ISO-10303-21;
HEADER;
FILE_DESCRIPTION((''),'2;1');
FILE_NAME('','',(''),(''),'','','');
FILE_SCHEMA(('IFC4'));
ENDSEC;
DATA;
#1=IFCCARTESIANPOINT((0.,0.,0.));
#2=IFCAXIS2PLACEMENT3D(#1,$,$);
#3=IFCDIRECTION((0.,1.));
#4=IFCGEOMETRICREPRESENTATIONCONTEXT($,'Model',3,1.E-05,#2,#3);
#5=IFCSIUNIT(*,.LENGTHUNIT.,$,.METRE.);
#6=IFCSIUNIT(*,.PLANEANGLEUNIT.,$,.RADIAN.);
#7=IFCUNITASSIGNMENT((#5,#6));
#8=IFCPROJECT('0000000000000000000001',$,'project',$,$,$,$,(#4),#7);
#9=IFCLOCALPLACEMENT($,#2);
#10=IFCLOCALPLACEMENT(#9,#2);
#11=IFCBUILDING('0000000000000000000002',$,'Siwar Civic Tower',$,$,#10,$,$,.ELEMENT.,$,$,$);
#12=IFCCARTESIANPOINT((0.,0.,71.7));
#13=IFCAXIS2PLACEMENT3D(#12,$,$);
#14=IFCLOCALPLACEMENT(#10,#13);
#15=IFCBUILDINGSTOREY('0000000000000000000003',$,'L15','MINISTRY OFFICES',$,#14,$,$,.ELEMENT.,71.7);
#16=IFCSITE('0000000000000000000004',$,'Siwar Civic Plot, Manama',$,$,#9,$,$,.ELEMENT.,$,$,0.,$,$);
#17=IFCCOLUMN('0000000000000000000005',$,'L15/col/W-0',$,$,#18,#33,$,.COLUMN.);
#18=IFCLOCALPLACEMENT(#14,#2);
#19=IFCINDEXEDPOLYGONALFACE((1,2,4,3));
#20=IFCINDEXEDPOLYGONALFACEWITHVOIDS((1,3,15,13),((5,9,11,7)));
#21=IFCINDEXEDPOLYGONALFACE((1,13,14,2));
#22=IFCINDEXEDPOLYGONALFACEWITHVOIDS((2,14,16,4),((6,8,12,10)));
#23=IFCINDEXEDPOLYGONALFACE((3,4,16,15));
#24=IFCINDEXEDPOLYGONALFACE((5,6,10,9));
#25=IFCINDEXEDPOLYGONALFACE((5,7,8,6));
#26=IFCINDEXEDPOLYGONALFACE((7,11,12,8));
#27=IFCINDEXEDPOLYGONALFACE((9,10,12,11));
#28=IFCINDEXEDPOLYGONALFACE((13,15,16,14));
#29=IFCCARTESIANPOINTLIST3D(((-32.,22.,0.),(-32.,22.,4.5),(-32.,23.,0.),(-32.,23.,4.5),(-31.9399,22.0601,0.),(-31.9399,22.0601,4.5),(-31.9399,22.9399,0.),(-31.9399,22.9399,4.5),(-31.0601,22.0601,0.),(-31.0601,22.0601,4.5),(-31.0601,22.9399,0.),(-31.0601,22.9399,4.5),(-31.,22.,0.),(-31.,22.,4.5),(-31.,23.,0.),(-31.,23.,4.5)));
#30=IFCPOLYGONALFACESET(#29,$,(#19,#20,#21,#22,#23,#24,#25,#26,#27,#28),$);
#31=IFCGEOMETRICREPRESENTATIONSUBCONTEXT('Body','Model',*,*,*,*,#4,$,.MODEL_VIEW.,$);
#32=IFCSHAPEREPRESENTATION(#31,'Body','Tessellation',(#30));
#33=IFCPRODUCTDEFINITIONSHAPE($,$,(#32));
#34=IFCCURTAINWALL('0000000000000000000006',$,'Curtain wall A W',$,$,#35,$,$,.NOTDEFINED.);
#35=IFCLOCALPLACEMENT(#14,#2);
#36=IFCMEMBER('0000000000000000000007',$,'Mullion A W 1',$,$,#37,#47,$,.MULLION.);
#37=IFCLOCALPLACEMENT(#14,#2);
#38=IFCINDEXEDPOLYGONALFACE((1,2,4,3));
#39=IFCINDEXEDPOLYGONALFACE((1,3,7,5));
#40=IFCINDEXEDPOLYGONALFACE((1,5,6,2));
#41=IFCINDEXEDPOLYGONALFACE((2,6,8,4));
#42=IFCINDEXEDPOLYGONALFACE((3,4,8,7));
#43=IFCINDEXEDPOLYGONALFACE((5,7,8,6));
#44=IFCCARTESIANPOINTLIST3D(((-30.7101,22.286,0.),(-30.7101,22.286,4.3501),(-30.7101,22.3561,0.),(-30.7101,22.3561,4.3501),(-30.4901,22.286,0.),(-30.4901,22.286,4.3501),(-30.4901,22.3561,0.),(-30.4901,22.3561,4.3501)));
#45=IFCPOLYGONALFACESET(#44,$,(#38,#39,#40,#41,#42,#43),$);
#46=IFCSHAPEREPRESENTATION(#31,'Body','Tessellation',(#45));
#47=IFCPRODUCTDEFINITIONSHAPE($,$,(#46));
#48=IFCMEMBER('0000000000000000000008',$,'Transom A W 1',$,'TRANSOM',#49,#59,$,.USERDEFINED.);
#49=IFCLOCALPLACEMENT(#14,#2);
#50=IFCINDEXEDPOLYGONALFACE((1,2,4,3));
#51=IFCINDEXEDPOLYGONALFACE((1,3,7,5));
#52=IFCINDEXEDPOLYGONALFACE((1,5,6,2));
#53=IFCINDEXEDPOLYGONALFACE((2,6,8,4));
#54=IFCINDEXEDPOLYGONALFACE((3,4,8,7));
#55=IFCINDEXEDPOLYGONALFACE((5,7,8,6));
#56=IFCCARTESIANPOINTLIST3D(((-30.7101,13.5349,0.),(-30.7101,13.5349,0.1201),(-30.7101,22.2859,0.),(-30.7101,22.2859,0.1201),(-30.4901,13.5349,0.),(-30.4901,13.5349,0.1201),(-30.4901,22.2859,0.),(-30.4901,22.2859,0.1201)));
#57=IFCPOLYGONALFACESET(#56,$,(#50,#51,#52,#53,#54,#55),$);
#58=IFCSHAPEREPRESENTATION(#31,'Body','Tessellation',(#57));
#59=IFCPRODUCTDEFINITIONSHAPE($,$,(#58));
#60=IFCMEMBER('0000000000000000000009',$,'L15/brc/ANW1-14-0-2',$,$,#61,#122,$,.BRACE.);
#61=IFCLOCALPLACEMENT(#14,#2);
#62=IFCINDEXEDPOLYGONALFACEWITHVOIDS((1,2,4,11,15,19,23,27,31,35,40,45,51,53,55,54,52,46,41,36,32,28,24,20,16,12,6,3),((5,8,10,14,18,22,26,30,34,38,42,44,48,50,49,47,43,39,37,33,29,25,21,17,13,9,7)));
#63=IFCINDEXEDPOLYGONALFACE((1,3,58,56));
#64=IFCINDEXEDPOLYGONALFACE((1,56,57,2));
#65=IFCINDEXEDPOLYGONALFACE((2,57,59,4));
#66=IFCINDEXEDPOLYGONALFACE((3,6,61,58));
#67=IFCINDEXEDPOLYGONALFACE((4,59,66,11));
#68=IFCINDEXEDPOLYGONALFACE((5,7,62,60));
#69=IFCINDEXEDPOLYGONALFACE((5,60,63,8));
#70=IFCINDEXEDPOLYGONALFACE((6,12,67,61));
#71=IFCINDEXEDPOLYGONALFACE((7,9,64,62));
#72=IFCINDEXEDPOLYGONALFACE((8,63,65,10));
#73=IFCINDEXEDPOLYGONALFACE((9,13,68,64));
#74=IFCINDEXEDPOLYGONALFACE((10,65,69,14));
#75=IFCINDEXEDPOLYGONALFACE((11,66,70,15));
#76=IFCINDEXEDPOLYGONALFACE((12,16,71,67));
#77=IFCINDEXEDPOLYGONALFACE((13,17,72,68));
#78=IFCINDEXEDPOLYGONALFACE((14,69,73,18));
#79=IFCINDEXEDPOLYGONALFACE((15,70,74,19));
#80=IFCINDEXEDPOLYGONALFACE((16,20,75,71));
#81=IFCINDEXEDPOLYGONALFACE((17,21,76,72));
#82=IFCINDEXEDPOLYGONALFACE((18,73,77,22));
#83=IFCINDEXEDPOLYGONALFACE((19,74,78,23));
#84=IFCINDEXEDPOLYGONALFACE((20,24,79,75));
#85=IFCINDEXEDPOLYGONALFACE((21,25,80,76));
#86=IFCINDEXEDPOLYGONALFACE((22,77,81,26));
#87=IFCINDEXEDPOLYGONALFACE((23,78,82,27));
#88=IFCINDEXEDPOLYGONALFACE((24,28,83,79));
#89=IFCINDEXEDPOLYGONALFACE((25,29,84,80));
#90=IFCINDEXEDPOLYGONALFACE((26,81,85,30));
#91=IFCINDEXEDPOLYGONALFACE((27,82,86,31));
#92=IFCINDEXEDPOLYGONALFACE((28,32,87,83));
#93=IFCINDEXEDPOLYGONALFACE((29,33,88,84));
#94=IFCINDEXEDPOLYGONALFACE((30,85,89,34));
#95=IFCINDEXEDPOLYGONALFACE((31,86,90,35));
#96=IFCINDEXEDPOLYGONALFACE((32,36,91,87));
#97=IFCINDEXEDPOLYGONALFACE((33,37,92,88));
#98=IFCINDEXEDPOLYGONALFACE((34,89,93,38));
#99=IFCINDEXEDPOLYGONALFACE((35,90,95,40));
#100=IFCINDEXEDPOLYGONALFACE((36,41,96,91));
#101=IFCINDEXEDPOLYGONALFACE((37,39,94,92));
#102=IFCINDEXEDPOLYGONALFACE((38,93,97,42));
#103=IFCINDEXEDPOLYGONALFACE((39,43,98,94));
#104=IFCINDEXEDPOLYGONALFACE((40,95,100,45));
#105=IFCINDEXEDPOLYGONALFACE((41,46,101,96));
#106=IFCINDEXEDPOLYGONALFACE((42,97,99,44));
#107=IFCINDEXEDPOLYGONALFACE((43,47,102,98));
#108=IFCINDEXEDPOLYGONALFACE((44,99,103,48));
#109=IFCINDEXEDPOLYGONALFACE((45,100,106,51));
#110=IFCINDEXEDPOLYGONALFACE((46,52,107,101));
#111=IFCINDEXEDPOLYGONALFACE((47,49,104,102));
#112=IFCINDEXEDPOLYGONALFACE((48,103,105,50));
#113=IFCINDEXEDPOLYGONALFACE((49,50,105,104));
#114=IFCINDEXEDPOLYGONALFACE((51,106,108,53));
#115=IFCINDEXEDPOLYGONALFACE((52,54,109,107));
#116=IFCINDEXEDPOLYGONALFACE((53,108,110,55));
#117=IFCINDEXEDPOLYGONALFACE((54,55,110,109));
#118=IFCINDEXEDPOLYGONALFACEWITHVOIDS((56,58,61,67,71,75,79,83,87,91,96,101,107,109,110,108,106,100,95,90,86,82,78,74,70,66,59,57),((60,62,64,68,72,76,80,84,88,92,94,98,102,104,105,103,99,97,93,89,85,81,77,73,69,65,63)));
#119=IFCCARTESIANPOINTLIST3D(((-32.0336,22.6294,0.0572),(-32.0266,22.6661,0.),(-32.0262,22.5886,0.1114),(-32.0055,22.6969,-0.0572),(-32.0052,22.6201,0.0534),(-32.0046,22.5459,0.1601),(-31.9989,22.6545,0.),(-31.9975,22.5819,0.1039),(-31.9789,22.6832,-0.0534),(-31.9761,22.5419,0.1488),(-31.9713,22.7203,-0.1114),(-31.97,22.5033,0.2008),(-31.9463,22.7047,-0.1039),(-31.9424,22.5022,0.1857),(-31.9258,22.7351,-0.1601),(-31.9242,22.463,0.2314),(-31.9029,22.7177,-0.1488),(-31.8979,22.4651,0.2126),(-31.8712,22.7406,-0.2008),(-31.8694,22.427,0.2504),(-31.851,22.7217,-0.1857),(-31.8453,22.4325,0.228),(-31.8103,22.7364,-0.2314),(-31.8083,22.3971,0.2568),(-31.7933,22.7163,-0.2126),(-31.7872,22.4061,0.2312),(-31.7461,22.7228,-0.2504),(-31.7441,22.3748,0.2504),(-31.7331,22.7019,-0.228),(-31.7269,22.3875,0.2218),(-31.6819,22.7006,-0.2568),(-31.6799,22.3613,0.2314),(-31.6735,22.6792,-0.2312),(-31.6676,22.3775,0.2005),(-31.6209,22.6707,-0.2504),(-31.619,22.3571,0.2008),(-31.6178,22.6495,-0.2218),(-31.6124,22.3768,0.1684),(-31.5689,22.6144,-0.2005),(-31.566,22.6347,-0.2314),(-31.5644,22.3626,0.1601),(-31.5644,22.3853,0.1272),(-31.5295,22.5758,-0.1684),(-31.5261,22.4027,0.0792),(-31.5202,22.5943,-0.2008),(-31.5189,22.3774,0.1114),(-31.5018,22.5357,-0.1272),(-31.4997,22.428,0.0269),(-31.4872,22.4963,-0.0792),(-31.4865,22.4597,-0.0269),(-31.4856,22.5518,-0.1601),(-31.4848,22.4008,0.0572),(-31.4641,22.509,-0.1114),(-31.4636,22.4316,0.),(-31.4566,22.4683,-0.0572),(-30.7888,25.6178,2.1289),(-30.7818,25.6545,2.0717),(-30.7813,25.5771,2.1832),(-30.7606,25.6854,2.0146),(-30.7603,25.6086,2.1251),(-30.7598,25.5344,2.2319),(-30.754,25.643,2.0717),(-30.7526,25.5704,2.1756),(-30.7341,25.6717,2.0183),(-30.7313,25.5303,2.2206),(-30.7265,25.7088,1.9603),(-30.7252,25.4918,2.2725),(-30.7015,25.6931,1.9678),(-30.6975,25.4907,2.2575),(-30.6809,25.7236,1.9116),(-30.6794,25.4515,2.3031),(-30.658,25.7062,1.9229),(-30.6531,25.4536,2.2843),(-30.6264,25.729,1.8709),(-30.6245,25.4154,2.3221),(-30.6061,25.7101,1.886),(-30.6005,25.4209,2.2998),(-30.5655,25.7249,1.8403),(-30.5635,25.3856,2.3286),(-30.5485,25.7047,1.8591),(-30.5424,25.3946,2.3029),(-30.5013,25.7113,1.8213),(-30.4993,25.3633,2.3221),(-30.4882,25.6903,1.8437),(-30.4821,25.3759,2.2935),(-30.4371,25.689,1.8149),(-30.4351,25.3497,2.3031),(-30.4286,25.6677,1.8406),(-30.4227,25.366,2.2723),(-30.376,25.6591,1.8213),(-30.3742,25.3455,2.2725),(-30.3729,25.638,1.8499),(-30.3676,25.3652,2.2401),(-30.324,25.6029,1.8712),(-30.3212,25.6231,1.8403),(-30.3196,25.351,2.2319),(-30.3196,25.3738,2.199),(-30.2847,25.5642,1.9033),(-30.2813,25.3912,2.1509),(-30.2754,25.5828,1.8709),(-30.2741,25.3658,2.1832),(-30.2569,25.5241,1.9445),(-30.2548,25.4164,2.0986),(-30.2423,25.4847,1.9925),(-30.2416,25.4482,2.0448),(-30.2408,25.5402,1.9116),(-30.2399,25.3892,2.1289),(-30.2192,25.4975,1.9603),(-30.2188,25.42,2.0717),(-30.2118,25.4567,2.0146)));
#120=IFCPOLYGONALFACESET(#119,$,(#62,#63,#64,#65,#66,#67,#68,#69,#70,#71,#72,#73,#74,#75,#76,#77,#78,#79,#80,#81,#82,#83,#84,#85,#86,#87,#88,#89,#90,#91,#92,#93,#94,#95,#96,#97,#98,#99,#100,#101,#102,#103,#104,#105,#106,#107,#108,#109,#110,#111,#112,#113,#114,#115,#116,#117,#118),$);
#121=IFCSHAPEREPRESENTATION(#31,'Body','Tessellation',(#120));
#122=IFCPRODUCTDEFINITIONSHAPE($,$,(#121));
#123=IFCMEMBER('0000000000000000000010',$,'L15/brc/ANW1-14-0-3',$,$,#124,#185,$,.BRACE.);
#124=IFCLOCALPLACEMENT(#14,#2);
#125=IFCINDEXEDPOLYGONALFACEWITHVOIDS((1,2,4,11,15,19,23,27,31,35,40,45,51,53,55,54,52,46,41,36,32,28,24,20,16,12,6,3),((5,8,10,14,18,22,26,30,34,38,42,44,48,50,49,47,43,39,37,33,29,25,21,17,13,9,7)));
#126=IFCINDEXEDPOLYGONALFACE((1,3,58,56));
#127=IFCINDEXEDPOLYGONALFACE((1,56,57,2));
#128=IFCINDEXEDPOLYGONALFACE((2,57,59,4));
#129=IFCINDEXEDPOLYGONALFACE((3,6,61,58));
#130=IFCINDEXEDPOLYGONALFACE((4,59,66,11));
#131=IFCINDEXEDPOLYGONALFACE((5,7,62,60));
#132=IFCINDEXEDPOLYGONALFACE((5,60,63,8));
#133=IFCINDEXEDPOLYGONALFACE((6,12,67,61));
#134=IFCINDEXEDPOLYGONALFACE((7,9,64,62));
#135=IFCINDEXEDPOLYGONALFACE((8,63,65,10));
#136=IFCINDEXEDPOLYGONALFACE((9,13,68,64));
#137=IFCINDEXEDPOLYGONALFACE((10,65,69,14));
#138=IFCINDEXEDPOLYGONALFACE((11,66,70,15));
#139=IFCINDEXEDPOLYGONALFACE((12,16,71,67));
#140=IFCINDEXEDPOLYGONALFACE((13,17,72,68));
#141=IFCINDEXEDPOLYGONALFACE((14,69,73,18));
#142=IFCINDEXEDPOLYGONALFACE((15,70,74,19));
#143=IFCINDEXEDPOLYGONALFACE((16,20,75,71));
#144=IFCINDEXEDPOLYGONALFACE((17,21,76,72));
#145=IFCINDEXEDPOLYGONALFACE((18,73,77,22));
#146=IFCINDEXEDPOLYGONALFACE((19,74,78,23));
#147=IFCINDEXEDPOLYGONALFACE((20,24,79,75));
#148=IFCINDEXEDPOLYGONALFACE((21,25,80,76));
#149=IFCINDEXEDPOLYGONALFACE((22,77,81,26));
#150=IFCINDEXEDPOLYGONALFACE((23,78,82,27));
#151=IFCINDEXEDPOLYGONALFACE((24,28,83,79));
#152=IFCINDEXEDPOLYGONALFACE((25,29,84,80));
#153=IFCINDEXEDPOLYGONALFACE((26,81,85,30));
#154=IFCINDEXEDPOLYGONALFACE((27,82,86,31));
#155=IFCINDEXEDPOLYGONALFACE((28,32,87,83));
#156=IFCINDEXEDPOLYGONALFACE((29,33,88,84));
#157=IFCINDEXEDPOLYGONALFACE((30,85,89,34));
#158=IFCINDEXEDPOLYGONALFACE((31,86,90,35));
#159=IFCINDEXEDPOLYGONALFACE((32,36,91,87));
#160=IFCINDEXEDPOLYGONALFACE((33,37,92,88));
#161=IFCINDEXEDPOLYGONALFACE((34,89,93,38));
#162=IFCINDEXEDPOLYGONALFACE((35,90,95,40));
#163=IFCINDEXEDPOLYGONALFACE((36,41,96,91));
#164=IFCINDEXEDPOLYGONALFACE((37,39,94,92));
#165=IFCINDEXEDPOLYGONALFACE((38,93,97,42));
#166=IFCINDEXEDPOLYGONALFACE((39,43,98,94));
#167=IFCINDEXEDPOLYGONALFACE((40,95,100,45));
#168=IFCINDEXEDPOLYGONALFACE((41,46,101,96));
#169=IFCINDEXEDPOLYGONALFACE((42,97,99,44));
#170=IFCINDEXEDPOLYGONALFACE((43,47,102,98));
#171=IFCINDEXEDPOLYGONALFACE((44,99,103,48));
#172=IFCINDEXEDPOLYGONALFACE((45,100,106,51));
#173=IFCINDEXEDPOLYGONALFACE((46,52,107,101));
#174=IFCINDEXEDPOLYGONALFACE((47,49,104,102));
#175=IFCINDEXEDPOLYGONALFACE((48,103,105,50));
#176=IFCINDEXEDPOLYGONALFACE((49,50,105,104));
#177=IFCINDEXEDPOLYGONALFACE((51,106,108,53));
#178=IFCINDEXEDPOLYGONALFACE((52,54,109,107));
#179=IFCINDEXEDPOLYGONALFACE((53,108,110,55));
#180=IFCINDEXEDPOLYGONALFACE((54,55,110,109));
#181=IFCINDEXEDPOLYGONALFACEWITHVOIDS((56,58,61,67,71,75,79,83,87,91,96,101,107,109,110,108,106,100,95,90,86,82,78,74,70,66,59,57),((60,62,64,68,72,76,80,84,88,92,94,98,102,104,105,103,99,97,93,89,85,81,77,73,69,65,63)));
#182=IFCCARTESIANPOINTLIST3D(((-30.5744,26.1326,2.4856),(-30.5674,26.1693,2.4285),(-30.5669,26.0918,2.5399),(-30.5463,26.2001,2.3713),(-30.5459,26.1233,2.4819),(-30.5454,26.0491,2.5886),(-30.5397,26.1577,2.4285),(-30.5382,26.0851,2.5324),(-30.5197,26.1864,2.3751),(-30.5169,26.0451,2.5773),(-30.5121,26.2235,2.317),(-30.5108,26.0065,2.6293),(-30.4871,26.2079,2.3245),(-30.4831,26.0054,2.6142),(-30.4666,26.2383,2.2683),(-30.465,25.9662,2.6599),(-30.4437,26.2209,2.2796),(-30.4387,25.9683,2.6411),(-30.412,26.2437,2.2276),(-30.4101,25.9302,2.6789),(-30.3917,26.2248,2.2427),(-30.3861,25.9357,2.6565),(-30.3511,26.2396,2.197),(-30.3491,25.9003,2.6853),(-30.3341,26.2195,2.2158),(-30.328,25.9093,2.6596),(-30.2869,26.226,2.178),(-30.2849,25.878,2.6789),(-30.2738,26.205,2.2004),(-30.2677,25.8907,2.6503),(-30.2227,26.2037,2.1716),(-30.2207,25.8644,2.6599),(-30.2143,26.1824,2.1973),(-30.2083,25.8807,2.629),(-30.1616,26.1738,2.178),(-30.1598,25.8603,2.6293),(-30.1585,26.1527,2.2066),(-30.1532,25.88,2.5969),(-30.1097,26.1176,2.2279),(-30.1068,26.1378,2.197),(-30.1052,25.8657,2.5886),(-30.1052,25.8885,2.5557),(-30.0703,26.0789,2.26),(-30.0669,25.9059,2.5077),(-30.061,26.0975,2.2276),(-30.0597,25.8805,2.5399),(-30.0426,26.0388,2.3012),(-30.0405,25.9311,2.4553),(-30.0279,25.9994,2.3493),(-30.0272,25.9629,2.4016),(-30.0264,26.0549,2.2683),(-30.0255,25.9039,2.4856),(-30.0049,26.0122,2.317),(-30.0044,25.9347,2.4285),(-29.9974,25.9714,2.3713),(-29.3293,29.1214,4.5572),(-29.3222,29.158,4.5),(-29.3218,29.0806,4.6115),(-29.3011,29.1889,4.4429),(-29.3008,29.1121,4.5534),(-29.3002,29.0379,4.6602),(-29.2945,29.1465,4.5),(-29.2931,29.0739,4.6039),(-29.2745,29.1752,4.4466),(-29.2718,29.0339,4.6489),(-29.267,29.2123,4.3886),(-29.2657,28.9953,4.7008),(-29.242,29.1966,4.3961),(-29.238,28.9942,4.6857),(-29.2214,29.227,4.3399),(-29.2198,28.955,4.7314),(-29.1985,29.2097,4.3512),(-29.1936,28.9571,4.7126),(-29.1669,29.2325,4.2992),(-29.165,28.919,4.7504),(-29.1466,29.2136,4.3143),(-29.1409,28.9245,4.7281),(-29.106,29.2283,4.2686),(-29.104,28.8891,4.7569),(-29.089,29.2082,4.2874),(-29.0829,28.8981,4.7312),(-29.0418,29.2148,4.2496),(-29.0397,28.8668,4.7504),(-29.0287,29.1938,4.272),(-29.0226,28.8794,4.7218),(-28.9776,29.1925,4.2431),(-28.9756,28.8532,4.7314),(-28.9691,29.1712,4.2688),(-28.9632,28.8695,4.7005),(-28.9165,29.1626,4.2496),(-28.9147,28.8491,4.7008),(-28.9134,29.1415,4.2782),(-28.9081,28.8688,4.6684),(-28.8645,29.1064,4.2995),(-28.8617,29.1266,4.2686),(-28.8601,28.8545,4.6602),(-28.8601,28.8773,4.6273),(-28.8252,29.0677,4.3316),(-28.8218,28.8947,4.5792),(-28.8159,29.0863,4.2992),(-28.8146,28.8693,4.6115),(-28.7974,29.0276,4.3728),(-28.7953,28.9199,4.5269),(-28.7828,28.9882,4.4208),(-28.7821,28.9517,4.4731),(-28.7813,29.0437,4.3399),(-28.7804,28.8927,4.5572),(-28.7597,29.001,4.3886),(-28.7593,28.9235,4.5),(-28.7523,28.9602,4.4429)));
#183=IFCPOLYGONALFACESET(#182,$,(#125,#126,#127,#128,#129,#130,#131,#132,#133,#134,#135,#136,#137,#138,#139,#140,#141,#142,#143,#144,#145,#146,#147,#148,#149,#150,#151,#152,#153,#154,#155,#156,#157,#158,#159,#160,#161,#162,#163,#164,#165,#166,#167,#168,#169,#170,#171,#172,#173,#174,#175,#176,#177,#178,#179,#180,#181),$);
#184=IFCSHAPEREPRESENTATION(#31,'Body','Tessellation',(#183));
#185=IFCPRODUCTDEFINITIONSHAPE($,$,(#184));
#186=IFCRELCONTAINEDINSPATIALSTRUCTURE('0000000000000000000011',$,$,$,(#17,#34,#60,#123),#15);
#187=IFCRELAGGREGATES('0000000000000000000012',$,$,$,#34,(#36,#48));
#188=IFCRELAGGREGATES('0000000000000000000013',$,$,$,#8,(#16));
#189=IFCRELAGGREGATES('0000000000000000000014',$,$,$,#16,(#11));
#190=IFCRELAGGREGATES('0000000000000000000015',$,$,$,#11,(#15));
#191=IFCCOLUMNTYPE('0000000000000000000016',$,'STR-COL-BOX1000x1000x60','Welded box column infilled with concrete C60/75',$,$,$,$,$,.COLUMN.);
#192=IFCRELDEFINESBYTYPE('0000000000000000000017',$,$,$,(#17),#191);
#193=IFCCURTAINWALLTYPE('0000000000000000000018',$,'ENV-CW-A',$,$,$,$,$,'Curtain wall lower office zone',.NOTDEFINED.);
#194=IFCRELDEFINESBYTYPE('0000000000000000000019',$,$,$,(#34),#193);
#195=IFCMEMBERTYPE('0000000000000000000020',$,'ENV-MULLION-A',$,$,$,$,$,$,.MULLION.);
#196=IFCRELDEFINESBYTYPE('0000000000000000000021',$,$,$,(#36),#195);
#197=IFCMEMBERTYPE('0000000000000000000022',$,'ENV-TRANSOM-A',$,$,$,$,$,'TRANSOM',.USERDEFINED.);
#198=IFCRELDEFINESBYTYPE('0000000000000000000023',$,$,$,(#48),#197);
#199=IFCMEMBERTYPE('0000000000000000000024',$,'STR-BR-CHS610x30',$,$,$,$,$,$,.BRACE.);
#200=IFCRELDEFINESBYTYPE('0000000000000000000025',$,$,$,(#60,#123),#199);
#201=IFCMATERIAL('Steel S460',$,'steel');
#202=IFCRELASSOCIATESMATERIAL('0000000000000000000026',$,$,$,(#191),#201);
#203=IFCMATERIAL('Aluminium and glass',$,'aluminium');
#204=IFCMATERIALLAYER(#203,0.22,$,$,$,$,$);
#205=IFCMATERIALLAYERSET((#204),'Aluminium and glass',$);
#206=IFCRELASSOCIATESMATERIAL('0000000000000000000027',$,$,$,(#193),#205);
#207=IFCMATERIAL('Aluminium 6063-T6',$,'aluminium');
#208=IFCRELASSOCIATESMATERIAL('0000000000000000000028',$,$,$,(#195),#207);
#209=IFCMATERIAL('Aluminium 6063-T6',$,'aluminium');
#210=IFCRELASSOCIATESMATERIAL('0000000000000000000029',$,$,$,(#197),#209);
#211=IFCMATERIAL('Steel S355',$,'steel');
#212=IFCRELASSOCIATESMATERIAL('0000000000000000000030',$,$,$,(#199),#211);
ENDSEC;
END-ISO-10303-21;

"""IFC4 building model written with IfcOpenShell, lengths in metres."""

from ifc_helpers import new_model, si_unit, direction, frame, origin, origin_2d, place, context, subcontext, project, spatial, rectangle, hollow_rectangle, hollow_circle, extrude, material, layer, layer_set, material_profile, profile_set, type_object, element, aggregate, save


model = new_model("IFC4")

# Units and contexts
model_context = context("Model", 3, precision=1e-05, world=origin(), true_north=direction((0.0, 1.0)))
body_context = subcontext(model_context, "Body", "Model", "MODEL_VIEW")
ifc_project = project(units=[si_unit("LENGTHUNIT", "METRE"), si_unit("PLANEANGLEUNIT", "RADIAN")], contexts=[model_context])

# Site, building, storey
site_placement = place(None, origin())
site = spatial("IfcSite", under=ifc_project, at=site_placement, Name="Siwar Civic Plot, Manama", CompositionType="ELEMENT", RefElevation=0.0)
building_placement = place(site_placement, origin())
building = spatial("IfcBuilding", under=site, at=building_placement, Name="Siwar Civic Tower", CompositionType="ELEMENT")
storey_placement = place(building_placement, frame((0.0, 0.0, 71.7)))
storey = spatial("IfcBuildingStorey", under=building, at=storey_placement, Name="L15", Description="MINISTRY OFFICES", CompositionType="ELEMENT", Elevation=71.7)

# Column
ifc_material_1 = material(Name="Steel S460", Category="steel")
ifc_material_profile_1 = material_profile(ifc_material_1, hollow_rectangle(XDim=1.0, YDim=1.0, WallThickness=0.0601, at=origin_2d()), Name="BOX1000x1000x60")
ifc_profile_set_1 = profile_set([ifc_material_profile_1], Name="Steel S460")
column_type = type_object("IfcColumnType", Name="STR-COL-BOX1000x1000x60", Description="Welded box column infilled with concrete C60/75", PredefinedType="COLUMN", material=ifc_profile_set_1)
column_placement = place(storey_placement, frame((-31.5, 22.5, 0.0), z_axis=(0.0, 0.0, 1.0), x_axis=(1.0, 0.0, 0.0)))
element("IfcColumn", 1, at=column_placement, inside=storey, type_object=column_type, Name="L15/col/W-0", PredefinedType="COLUMN", context=body_context, shape_type="SweptSolid", body=[
    extrude(hollow_rectangle(XDim=1.0, YDim=1.0, WallThickness=0.0601, at=origin_2d()), origin(), (0.0, 0.0, 1.0), 4.5),
])

# Curtain wall, members
ifc_material_2 = material(Name="Aluminium and glass", Category="aluminium")
ifc_layer_1 = layer(ifc_material_2, 0.22)
ifc_layer_set_1 = layer_set([ifc_layer_1], Name="Aluminium and glass")
curtain_wall_type_1 = type_object("IfcCurtainWallType", Name="ENV-CW-A", ElementType="Curtain wall lower office zone", PredefinedType="NOTDEFINED", material=ifc_layer_set_1)
curtain_wall_1_placement = place(storey_placement, origin())
curtain_wall_1 = element("IfcCurtainWall", 2, at=curtain_wall_1_placement, inside=storey, type_object=curtain_wall_type_1, Name="Curtain wall A W", PredefinedType="NOTDEFINED")
ifc_material_3 = material(Name="Aluminium 6063-T6", Category="aluminium")
ifc_material_profile_2 = material_profile(ifc_material_3, rectangle(XDim=0.22, YDim=0.0701, at=origin_2d()), Name="AL 220x70")
ifc_profile_set_2 = profile_set([ifc_material_profile_2], Name="Aluminium 6063-T6")
member_type_1 = type_object("IfcMemberType", Name="ENV-MULLION-A", PredefinedType="MULLION", material=ifc_profile_set_2)
member_1_placement = place(storey_placement, frame((-30.6001, 22.321, 0.0), z_axis=(0.0, 0.0, 1.0), x_axis=(1.0, 0.0, 0.0)))
member_1 = element("IfcMember", 3, at=member_1_placement, type_object=member_type_1, Name="Mullion A W 1", PredefinedType="MULLION", context=body_context, shape_type="SweptSolid", body=[
    extrude(rectangle(XDim=0.22, YDim=0.0701, at=origin_2d()), origin(), (0.0, 0.0, 1.0), 4.3501),
])
ifc_material_4 = material(Name="Aluminium 6063-T6", Category="aluminium")
ifc_material_profile_3 = material_profile(ifc_material_4, rectangle(XDim=0.22, YDim=0.1201, at=origin_2d()), Name="AL 220x120")
ifc_profile_set_3 = profile_set([ifc_material_profile_3], Name="Aluminium 6063-T6")
member_type_2 = type_object("IfcMemberType", Name="ENV-TRANSOM-A", ElementType="TRANSOM", PredefinedType="USERDEFINED", material=ifc_profile_set_3)
member_2_placement = place(storey_placement, frame((-30.6001, 22.2859, 0.0601), z_axis=(0.0, -1.0, 0.0), x_axis=(1.0, 0.0, 0.0)))
member_2 = element("IfcMember", 4, at=member_2_placement, type_object=member_type_2, Name="Transom A W 1", ObjectType="TRANSOM", PredefinedType="USERDEFINED", context=body_context, shape_type="SweptSolid", body=[
    extrude(rectangle(XDim=0.22, YDim=0.1201, at=origin_2d()), origin(), (0.0, 0.0, 1.0), 8.751),
])

# Members
ifc_material_5 = material(Name="Steel S355", Category="steel")
ifc_material_profile_4 = material_profile(ifc_material_5, hollow_circle(Radius=0.3049, WallThickness=0.03, at=origin_2d()), Name="CHS610x30")
ifc_profile_set_4 = profile_set([ifc_material_profile_4], Name="Steel S355")
member_type_3 = type_object("IfcMemberType", Name="STR-BR-CHS610x30", PredefinedType="BRACE", material=ifc_profile_set_4)
member_3_placement = place(storey_placement, frame((-31.7451, 22.5488, 0.0), z_axis=(0.323882, 0.777533, 0.53902), x_axis=(-0.923115, 0.384524, 0.0)))
element("IfcMember", 5, at=member_3_placement, inside=storey, type_object=member_type_3, Name="L15/brc/ANW1-14-0-2", PredefinedType="BRACE", context=body_context, shape_type="SweptSolid", body=[
    extrude(hollow_circle(Radius=0.3049, WallThickness=0.03, at=origin_2d()), origin(), (0.0, 0.0, 1.0), 3.8435),
])
member_4_placement = place(storey_placement, frame((-30.2859, 26.052, 2.4285), z_axis=(0.323934, 0.777569, 0.538937), x_axis=(-0.923099, 0.384562, 0.0)))
element("IfcMember", 6, at=member_4_placement, inside=storey, type_object=member_type_3, Name="L15/brc/ANW1-14-0-3", PredefinedType="BRACE", context=body_context, shape_type="SweptSolid", body=[
    extrude(hollow_circle(Radius=0.3049, WallThickness=0.03, at=origin_2d()), origin(), (0.0, 0.0, 1.0), 3.8438),
])

aggregate(curtain_wall_1, [member_1, member_2])

save(model, "model.ifc")
